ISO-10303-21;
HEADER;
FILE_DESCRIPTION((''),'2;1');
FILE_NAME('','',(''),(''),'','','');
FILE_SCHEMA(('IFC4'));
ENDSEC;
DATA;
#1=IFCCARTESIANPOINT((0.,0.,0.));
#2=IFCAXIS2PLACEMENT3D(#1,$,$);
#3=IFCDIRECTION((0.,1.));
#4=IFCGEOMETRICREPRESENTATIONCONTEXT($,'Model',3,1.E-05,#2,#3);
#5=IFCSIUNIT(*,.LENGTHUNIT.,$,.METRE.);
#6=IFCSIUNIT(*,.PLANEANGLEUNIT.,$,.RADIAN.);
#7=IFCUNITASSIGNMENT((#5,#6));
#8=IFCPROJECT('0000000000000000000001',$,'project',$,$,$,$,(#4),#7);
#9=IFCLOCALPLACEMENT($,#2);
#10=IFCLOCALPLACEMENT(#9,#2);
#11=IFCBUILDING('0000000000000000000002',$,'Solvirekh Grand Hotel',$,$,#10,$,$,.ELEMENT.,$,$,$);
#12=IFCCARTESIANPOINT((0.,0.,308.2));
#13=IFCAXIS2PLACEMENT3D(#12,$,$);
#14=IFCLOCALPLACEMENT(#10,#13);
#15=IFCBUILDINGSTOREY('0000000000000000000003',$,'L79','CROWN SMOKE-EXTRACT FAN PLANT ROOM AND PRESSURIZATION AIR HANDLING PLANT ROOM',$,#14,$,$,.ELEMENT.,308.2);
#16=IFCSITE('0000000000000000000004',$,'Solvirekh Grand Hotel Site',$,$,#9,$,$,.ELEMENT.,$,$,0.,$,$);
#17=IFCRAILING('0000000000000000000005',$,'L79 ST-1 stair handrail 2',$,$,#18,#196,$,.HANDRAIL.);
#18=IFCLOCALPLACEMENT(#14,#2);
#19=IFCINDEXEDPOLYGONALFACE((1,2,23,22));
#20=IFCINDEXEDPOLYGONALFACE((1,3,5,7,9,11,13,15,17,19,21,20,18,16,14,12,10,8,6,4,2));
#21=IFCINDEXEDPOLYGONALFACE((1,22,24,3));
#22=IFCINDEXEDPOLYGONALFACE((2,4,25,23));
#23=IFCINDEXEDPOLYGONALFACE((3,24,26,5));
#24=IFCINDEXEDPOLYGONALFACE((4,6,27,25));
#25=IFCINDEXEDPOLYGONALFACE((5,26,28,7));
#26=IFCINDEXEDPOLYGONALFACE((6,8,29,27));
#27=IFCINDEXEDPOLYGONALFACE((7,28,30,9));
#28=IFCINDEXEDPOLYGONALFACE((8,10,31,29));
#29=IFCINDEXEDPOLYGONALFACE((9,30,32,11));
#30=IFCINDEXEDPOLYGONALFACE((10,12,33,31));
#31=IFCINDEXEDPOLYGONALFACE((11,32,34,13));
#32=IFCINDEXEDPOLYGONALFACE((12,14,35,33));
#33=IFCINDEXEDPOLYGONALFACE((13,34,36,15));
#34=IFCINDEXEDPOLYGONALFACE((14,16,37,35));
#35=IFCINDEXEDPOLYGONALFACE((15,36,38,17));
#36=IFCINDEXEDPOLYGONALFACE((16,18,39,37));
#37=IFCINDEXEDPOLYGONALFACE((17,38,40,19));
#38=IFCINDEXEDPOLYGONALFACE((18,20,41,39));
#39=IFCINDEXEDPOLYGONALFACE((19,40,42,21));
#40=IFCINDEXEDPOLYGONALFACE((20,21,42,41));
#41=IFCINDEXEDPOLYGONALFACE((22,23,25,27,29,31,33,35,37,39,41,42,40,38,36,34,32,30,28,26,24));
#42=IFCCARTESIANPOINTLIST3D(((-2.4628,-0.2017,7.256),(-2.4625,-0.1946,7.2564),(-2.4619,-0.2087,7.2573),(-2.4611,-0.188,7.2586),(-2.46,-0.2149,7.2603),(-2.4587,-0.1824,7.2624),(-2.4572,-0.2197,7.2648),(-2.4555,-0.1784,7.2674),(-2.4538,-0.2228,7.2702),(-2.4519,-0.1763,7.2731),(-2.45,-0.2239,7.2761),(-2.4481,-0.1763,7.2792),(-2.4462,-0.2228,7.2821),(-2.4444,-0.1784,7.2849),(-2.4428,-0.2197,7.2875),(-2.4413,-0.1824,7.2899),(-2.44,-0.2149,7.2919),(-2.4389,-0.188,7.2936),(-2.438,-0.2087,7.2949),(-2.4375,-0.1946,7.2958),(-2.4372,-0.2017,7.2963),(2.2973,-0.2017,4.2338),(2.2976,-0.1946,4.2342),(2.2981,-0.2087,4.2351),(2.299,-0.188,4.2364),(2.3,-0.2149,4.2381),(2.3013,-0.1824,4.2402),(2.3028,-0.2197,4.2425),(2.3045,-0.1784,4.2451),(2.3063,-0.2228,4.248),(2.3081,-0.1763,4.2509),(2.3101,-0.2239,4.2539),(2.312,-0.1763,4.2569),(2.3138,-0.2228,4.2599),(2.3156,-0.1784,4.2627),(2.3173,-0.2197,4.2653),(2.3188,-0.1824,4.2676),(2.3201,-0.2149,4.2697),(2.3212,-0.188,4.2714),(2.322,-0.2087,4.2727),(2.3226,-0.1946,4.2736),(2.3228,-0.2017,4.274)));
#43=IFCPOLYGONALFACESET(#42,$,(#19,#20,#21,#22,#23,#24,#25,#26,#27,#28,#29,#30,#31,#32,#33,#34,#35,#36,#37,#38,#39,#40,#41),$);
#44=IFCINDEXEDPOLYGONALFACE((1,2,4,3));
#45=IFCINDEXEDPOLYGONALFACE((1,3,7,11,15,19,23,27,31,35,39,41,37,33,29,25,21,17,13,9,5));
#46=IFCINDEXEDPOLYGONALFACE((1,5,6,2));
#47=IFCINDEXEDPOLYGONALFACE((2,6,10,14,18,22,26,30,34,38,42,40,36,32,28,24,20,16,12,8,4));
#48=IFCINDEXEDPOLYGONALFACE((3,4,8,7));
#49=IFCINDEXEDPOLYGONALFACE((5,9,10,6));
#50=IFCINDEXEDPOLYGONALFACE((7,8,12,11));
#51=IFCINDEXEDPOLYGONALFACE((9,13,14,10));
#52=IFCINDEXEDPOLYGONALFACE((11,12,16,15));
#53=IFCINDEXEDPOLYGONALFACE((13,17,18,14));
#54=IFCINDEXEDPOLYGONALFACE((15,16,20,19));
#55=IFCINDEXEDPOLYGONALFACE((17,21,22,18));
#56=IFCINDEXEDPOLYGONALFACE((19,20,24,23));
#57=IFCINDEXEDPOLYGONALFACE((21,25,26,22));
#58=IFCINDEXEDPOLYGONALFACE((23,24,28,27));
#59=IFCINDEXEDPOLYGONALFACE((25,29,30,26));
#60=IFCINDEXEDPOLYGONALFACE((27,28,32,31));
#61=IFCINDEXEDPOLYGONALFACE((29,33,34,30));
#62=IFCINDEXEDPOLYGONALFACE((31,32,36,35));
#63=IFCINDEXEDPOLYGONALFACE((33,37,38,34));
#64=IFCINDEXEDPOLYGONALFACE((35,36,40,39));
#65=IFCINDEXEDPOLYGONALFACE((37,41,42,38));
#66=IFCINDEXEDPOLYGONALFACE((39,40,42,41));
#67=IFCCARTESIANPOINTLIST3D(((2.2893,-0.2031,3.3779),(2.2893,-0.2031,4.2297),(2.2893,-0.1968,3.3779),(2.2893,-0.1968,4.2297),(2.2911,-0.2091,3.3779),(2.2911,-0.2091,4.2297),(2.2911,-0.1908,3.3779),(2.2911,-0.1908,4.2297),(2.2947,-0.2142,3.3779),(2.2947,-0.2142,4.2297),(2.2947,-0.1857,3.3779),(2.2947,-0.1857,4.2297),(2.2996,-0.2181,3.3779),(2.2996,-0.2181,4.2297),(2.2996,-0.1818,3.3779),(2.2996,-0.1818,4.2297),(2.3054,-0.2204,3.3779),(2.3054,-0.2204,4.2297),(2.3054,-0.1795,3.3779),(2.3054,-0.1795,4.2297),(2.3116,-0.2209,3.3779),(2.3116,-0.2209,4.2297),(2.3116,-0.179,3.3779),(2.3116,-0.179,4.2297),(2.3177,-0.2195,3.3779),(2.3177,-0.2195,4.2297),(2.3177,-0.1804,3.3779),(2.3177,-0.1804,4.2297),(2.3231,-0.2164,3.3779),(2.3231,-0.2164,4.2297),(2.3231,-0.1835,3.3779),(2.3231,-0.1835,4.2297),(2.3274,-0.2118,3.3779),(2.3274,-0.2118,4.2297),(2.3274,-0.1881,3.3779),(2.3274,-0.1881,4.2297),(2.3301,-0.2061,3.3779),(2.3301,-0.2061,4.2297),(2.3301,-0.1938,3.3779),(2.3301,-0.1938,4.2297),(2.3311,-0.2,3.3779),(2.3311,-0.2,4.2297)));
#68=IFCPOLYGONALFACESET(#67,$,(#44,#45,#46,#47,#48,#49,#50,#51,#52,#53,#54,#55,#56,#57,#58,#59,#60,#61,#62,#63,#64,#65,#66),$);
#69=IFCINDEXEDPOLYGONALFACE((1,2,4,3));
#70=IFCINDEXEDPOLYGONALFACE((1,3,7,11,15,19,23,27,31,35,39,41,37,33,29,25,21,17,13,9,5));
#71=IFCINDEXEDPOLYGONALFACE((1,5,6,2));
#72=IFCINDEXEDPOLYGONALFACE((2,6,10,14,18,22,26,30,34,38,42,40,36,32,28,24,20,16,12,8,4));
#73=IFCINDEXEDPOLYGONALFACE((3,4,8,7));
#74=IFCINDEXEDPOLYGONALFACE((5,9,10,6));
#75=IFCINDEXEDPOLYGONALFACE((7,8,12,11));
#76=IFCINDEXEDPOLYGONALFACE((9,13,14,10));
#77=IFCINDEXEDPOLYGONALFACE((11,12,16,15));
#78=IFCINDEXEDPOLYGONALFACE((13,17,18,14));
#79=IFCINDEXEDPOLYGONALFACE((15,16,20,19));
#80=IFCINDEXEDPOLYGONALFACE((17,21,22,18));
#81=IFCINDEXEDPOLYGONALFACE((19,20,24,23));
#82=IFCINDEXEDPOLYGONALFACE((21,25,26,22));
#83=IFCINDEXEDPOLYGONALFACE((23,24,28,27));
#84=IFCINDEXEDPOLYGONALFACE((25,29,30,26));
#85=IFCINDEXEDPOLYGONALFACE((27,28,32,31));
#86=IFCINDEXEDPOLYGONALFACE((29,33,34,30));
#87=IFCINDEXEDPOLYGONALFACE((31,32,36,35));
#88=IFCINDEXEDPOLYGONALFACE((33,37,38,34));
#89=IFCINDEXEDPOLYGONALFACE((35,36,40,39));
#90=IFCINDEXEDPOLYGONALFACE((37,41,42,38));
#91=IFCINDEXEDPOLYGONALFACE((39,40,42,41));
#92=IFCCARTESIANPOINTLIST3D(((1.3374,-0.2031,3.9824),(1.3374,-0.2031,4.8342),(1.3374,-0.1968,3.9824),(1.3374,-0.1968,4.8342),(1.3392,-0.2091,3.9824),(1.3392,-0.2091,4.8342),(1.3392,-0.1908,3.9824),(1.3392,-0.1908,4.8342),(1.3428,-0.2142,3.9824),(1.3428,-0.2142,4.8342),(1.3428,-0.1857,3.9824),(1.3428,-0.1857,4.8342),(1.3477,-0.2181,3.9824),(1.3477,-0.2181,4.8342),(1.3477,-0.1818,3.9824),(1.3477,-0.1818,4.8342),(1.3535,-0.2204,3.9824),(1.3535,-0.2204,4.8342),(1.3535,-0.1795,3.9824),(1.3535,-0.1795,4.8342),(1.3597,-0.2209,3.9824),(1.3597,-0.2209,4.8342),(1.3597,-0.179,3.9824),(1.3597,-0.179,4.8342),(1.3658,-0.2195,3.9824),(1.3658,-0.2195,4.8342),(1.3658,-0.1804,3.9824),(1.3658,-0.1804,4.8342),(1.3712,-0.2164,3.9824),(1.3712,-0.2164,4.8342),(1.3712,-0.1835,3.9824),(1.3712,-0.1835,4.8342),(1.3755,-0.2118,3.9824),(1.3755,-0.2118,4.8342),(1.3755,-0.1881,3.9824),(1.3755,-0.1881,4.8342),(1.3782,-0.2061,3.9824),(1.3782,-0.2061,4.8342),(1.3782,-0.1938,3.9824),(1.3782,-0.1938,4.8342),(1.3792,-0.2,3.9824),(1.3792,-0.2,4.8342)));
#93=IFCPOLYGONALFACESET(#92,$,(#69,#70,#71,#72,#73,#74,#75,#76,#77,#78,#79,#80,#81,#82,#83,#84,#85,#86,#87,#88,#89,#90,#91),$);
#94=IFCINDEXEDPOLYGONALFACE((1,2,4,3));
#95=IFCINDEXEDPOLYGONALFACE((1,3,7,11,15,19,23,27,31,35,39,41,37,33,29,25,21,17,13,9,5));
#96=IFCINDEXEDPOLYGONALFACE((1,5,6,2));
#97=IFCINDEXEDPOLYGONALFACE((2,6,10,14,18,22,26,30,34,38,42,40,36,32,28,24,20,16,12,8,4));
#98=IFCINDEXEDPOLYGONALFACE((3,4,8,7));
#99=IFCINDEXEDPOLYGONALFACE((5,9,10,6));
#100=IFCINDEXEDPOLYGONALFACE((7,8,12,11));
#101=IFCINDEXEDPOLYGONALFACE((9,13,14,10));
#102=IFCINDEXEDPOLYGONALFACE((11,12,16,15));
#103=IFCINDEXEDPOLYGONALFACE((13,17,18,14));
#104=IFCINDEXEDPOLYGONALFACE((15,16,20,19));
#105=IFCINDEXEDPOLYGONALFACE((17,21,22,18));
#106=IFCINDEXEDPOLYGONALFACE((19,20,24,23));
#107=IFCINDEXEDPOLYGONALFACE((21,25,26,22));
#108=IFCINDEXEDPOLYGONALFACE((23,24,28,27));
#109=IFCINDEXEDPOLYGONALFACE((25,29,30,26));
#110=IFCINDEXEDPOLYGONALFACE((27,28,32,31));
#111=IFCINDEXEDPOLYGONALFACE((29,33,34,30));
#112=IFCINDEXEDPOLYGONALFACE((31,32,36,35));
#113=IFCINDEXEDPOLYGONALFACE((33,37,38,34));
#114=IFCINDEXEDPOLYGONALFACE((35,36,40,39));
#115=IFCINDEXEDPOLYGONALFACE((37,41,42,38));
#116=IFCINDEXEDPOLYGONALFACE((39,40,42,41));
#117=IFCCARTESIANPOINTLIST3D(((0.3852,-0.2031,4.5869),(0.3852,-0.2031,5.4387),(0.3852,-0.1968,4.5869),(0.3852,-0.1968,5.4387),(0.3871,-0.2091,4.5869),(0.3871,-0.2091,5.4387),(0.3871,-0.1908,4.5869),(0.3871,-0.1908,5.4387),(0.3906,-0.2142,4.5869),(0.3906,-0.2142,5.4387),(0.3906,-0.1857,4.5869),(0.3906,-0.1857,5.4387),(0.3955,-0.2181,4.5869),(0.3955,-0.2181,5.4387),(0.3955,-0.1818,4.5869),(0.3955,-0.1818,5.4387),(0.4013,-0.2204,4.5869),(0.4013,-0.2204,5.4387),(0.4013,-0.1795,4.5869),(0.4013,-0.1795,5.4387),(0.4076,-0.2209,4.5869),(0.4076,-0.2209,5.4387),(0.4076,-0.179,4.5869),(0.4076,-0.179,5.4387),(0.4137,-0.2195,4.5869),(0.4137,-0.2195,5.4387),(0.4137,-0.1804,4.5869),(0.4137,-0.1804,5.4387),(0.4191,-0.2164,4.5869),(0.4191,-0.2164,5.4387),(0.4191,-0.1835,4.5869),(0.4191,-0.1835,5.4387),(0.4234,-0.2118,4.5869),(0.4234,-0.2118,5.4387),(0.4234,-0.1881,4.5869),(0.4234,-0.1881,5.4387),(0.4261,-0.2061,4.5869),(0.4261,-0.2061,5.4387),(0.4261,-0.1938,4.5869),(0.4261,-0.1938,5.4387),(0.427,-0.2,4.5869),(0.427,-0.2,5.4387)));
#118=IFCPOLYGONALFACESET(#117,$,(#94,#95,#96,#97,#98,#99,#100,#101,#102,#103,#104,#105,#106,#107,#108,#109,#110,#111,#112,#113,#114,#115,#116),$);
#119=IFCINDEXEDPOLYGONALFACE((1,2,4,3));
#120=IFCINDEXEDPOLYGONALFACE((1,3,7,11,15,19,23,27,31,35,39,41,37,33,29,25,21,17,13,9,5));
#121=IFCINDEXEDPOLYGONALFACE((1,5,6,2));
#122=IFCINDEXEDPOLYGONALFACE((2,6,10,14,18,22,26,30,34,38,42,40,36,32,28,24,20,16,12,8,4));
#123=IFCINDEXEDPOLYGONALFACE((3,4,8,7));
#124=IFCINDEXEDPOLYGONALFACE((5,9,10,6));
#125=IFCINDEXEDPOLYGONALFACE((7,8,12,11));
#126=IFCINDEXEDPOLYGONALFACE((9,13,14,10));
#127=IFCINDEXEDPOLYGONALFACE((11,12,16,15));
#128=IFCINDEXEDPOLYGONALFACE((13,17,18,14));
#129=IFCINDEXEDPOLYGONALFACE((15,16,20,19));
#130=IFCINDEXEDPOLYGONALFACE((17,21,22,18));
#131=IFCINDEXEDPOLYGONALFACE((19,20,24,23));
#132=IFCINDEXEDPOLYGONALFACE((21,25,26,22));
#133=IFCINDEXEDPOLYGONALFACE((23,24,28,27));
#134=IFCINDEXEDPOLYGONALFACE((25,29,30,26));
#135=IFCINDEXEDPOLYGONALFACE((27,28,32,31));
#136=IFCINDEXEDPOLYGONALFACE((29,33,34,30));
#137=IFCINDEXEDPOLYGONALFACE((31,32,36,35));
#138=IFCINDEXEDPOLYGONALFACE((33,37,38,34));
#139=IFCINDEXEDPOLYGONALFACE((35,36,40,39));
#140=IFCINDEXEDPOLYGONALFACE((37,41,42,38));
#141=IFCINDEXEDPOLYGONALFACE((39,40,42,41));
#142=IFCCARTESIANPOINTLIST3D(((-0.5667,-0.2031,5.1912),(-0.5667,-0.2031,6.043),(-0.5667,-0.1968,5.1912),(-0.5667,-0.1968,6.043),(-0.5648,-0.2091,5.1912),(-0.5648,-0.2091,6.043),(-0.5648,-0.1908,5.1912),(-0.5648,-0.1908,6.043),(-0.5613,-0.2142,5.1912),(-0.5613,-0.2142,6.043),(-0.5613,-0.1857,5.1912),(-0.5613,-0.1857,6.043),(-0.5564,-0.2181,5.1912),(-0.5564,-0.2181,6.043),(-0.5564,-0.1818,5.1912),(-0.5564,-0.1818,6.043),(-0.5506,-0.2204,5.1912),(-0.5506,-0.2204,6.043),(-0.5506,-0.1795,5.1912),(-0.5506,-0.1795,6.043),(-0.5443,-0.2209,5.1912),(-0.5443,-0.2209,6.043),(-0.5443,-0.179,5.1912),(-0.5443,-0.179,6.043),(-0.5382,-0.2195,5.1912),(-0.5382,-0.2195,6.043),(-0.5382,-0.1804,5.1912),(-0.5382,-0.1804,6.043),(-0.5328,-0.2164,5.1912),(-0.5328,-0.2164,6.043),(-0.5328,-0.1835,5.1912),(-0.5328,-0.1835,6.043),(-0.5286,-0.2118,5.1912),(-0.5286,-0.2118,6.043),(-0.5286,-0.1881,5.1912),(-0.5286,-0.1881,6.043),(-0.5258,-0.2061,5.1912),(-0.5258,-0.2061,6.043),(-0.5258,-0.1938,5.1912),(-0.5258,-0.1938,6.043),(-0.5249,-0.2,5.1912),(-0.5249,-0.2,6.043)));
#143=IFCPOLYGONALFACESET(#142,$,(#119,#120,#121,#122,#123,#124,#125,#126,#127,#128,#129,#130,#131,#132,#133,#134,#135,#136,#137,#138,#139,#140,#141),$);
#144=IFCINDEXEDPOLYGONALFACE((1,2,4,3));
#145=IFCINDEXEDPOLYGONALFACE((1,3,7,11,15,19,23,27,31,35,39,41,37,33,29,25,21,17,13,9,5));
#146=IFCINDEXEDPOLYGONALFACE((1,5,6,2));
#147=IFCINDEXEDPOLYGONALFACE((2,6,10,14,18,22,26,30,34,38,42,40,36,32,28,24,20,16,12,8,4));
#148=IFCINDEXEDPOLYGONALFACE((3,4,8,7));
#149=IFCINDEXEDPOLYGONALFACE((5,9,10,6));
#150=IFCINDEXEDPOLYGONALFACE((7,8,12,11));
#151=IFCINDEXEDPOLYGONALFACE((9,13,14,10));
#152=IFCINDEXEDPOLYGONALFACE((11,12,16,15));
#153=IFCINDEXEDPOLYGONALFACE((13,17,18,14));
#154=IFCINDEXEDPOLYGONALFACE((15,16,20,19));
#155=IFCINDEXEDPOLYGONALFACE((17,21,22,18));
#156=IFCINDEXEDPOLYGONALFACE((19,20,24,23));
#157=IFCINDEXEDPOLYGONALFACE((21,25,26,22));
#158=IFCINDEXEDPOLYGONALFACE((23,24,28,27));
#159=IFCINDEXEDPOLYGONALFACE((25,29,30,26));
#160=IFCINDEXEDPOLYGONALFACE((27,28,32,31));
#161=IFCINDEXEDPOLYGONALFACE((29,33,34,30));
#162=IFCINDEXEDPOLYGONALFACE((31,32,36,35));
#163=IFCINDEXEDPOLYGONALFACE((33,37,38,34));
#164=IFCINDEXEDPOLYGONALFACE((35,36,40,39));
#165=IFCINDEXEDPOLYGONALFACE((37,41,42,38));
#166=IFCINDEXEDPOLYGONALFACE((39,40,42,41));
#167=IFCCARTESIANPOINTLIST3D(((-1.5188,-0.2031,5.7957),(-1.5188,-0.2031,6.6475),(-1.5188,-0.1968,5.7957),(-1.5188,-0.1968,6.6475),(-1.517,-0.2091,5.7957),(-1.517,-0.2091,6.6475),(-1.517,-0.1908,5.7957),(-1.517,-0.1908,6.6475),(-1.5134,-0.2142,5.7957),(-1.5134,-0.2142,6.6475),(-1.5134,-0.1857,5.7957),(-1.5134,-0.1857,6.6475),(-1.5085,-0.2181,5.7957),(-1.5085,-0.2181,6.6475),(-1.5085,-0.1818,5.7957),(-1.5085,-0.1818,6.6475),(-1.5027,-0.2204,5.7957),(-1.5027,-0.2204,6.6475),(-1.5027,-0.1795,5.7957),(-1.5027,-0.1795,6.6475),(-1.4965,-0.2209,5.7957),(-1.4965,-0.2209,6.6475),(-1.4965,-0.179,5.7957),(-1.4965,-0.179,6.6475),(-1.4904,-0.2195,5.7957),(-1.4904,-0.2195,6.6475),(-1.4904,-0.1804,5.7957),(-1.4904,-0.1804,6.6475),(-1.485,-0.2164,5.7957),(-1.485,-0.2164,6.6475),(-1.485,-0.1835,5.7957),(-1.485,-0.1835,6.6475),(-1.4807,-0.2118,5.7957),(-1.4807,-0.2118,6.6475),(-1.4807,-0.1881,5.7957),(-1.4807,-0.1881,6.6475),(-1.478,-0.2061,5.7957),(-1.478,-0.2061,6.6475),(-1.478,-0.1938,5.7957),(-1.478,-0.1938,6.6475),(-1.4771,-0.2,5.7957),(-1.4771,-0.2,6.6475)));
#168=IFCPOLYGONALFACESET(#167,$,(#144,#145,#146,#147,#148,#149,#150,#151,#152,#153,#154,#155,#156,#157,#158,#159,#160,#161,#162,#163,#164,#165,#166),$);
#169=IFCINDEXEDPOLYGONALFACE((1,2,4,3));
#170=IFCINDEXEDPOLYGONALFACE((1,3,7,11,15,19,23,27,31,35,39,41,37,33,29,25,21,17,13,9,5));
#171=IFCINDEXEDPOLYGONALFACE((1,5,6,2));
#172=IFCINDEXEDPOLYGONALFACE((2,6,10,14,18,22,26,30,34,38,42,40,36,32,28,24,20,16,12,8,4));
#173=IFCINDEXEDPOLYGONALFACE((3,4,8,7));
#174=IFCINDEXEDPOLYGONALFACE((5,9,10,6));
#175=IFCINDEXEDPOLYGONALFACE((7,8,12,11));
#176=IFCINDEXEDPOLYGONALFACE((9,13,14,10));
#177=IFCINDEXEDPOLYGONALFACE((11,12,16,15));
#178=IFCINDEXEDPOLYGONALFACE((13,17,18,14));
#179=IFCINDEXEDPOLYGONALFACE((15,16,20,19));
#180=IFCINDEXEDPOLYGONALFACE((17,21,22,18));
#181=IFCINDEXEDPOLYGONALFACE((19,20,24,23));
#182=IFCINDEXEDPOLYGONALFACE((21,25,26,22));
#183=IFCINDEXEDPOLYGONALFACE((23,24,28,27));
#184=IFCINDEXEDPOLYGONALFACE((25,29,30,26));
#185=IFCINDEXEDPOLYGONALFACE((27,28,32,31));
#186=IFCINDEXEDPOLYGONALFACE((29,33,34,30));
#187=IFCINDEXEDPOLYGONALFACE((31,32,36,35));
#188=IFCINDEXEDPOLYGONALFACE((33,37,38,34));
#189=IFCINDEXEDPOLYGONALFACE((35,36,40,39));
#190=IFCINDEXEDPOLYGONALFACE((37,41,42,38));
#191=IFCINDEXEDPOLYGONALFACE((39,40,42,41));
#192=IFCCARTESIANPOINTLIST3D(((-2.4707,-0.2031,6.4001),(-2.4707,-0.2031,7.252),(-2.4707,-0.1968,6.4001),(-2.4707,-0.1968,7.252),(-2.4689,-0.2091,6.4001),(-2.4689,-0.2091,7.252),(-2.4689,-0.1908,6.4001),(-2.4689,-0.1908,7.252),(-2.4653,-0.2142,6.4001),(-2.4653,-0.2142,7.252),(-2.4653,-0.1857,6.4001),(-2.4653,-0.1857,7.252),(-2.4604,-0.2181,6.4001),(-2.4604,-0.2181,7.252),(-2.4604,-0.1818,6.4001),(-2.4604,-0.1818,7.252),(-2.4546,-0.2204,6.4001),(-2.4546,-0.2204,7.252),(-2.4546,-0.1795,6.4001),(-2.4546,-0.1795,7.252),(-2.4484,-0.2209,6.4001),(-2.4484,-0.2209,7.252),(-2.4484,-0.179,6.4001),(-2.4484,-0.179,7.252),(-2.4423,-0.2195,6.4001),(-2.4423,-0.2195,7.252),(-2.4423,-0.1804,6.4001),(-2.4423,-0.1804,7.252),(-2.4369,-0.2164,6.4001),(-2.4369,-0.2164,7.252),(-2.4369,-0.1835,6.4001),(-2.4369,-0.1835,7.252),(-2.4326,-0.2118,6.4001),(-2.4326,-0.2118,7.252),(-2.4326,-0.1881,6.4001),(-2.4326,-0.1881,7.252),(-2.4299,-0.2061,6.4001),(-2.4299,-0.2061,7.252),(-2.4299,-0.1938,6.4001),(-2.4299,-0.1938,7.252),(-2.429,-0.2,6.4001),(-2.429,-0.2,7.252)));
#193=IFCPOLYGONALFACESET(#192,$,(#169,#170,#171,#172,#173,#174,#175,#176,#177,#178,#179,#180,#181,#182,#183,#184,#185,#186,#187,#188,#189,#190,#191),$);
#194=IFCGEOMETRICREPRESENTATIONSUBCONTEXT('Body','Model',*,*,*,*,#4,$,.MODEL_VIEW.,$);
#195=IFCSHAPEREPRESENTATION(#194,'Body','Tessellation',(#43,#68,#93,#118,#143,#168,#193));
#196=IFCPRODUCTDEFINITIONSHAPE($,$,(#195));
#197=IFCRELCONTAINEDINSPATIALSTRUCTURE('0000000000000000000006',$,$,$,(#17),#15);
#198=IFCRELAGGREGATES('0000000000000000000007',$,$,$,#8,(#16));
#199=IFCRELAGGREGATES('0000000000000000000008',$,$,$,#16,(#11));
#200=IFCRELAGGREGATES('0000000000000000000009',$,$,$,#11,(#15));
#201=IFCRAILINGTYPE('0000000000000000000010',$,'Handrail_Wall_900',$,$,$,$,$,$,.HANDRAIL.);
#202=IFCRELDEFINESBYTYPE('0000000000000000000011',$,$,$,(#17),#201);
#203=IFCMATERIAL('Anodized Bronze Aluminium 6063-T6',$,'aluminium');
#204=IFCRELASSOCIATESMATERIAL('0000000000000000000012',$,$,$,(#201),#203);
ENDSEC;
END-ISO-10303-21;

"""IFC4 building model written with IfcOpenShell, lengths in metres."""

from ifc_helpers import new_model, si_unit, direction, frame, origin, origin_2d, place, context, subcontext, project, spatial, circle, extrude, material, type_object, element, save


model = new_model("IFC4")

# Units and contexts
model_context = context("Model", 3, precision=1e-05, world=origin(), true_north=direction((0.0, 1.0)))
body_context = subcontext(model_context, "Body", "Model", "MODEL_VIEW")
ifc_project = project(units=[si_unit("LENGTHUNIT", "METRE"), si_unit("PLANEANGLEUNIT", "RADIAN")], contexts=[model_context])

# Site, building, storey
site_placement = place(None, origin())
site = spatial("IfcSite", under=ifc_project, at=site_placement, Name="Solvirekh Grand Hotel Site", CompositionType="ELEMENT", RefElevation=0.0)
building_placement = place(site_placement, origin())
building = spatial("IfcBuilding", under=site, at=building_placement, Name="Solvirekh Grand Hotel", CompositionType="ELEMENT")
storey_placement = place(building_placement, frame((0.0, 0.0, 308.2)))
storey = spatial("IfcBuildingStorey", under=building, at=storey_placement, Name="L79", Description="CROWN SMOKE-EXTRACT FAN PLANT ROOM AND PRESSURIZATION AIR HANDLING PLANT ROOM", CompositionType="ELEMENT", Elevation=308.2)

# Shared definitions
ifc_material_1 = material(Name="Anodized Bronze Aluminium 6063-T6", Category="aluminium")

# Railing
railing_type_1 = type_object("IfcRailingType", Name="Handrail_Wall_900", PredefinedType="HANDRAIL", material=ifc_material_1)
railing_1_placement = place(storey_placement, frame((2.3101, -0.2, 3.3779)))
element("IfcRailing", 1, at=railing_1_placement, inside=storey, type_object=railing_type_1, Name="L79 ST-1 stair handrail 2", PredefinedType="HANDRAIL", context=body_context, shape_type="SweptSolid", body=[
    extrude(circle(Radius=0.0239, at=origin_2d()), frame((0.0, 0.0, 0.876), z_axis=(-0.844214, 0.0, 0.536007), x_axis=(0.0, -1.0, 0.0)), (0.0, 0.0, 1.0), 5.6384),
    extrude(circle(Radius=0.021, at=origin_2d()), origin(), (0.0, 0.0, 1.0), 0.8518),
    extrude(circle(Radius=0.021, at=origin_2d()), frame((-0.9519, 0.0, 0.6045)), (0.0, 0.0, 1.0), 0.8518),
    extrude(circle(Radius=0.021, at=origin_2d()), frame((-1.9041, 0.0, 1.209)), (0.0, 0.0, 1.0), 0.8518),
    extrude(circle(Radius=0.021, at=origin_2d()), frame((-2.856, 0.0, 1.8132)), (0.0, 0.0, 1.0), 0.8518),
    extrude(circle(Radius=0.021, at=origin_2d()), frame((-3.8081, 0.0, 2.4177)), (0.0, 0.0, 1.0), 0.8518),
    extrude(circle(Radius=0.021, at=origin_2d()), frame((-4.76, 0.0, 3.0222)), (0.0, 0.0, 1.0), 0.8518),
])

save(model, "model.ifc")
